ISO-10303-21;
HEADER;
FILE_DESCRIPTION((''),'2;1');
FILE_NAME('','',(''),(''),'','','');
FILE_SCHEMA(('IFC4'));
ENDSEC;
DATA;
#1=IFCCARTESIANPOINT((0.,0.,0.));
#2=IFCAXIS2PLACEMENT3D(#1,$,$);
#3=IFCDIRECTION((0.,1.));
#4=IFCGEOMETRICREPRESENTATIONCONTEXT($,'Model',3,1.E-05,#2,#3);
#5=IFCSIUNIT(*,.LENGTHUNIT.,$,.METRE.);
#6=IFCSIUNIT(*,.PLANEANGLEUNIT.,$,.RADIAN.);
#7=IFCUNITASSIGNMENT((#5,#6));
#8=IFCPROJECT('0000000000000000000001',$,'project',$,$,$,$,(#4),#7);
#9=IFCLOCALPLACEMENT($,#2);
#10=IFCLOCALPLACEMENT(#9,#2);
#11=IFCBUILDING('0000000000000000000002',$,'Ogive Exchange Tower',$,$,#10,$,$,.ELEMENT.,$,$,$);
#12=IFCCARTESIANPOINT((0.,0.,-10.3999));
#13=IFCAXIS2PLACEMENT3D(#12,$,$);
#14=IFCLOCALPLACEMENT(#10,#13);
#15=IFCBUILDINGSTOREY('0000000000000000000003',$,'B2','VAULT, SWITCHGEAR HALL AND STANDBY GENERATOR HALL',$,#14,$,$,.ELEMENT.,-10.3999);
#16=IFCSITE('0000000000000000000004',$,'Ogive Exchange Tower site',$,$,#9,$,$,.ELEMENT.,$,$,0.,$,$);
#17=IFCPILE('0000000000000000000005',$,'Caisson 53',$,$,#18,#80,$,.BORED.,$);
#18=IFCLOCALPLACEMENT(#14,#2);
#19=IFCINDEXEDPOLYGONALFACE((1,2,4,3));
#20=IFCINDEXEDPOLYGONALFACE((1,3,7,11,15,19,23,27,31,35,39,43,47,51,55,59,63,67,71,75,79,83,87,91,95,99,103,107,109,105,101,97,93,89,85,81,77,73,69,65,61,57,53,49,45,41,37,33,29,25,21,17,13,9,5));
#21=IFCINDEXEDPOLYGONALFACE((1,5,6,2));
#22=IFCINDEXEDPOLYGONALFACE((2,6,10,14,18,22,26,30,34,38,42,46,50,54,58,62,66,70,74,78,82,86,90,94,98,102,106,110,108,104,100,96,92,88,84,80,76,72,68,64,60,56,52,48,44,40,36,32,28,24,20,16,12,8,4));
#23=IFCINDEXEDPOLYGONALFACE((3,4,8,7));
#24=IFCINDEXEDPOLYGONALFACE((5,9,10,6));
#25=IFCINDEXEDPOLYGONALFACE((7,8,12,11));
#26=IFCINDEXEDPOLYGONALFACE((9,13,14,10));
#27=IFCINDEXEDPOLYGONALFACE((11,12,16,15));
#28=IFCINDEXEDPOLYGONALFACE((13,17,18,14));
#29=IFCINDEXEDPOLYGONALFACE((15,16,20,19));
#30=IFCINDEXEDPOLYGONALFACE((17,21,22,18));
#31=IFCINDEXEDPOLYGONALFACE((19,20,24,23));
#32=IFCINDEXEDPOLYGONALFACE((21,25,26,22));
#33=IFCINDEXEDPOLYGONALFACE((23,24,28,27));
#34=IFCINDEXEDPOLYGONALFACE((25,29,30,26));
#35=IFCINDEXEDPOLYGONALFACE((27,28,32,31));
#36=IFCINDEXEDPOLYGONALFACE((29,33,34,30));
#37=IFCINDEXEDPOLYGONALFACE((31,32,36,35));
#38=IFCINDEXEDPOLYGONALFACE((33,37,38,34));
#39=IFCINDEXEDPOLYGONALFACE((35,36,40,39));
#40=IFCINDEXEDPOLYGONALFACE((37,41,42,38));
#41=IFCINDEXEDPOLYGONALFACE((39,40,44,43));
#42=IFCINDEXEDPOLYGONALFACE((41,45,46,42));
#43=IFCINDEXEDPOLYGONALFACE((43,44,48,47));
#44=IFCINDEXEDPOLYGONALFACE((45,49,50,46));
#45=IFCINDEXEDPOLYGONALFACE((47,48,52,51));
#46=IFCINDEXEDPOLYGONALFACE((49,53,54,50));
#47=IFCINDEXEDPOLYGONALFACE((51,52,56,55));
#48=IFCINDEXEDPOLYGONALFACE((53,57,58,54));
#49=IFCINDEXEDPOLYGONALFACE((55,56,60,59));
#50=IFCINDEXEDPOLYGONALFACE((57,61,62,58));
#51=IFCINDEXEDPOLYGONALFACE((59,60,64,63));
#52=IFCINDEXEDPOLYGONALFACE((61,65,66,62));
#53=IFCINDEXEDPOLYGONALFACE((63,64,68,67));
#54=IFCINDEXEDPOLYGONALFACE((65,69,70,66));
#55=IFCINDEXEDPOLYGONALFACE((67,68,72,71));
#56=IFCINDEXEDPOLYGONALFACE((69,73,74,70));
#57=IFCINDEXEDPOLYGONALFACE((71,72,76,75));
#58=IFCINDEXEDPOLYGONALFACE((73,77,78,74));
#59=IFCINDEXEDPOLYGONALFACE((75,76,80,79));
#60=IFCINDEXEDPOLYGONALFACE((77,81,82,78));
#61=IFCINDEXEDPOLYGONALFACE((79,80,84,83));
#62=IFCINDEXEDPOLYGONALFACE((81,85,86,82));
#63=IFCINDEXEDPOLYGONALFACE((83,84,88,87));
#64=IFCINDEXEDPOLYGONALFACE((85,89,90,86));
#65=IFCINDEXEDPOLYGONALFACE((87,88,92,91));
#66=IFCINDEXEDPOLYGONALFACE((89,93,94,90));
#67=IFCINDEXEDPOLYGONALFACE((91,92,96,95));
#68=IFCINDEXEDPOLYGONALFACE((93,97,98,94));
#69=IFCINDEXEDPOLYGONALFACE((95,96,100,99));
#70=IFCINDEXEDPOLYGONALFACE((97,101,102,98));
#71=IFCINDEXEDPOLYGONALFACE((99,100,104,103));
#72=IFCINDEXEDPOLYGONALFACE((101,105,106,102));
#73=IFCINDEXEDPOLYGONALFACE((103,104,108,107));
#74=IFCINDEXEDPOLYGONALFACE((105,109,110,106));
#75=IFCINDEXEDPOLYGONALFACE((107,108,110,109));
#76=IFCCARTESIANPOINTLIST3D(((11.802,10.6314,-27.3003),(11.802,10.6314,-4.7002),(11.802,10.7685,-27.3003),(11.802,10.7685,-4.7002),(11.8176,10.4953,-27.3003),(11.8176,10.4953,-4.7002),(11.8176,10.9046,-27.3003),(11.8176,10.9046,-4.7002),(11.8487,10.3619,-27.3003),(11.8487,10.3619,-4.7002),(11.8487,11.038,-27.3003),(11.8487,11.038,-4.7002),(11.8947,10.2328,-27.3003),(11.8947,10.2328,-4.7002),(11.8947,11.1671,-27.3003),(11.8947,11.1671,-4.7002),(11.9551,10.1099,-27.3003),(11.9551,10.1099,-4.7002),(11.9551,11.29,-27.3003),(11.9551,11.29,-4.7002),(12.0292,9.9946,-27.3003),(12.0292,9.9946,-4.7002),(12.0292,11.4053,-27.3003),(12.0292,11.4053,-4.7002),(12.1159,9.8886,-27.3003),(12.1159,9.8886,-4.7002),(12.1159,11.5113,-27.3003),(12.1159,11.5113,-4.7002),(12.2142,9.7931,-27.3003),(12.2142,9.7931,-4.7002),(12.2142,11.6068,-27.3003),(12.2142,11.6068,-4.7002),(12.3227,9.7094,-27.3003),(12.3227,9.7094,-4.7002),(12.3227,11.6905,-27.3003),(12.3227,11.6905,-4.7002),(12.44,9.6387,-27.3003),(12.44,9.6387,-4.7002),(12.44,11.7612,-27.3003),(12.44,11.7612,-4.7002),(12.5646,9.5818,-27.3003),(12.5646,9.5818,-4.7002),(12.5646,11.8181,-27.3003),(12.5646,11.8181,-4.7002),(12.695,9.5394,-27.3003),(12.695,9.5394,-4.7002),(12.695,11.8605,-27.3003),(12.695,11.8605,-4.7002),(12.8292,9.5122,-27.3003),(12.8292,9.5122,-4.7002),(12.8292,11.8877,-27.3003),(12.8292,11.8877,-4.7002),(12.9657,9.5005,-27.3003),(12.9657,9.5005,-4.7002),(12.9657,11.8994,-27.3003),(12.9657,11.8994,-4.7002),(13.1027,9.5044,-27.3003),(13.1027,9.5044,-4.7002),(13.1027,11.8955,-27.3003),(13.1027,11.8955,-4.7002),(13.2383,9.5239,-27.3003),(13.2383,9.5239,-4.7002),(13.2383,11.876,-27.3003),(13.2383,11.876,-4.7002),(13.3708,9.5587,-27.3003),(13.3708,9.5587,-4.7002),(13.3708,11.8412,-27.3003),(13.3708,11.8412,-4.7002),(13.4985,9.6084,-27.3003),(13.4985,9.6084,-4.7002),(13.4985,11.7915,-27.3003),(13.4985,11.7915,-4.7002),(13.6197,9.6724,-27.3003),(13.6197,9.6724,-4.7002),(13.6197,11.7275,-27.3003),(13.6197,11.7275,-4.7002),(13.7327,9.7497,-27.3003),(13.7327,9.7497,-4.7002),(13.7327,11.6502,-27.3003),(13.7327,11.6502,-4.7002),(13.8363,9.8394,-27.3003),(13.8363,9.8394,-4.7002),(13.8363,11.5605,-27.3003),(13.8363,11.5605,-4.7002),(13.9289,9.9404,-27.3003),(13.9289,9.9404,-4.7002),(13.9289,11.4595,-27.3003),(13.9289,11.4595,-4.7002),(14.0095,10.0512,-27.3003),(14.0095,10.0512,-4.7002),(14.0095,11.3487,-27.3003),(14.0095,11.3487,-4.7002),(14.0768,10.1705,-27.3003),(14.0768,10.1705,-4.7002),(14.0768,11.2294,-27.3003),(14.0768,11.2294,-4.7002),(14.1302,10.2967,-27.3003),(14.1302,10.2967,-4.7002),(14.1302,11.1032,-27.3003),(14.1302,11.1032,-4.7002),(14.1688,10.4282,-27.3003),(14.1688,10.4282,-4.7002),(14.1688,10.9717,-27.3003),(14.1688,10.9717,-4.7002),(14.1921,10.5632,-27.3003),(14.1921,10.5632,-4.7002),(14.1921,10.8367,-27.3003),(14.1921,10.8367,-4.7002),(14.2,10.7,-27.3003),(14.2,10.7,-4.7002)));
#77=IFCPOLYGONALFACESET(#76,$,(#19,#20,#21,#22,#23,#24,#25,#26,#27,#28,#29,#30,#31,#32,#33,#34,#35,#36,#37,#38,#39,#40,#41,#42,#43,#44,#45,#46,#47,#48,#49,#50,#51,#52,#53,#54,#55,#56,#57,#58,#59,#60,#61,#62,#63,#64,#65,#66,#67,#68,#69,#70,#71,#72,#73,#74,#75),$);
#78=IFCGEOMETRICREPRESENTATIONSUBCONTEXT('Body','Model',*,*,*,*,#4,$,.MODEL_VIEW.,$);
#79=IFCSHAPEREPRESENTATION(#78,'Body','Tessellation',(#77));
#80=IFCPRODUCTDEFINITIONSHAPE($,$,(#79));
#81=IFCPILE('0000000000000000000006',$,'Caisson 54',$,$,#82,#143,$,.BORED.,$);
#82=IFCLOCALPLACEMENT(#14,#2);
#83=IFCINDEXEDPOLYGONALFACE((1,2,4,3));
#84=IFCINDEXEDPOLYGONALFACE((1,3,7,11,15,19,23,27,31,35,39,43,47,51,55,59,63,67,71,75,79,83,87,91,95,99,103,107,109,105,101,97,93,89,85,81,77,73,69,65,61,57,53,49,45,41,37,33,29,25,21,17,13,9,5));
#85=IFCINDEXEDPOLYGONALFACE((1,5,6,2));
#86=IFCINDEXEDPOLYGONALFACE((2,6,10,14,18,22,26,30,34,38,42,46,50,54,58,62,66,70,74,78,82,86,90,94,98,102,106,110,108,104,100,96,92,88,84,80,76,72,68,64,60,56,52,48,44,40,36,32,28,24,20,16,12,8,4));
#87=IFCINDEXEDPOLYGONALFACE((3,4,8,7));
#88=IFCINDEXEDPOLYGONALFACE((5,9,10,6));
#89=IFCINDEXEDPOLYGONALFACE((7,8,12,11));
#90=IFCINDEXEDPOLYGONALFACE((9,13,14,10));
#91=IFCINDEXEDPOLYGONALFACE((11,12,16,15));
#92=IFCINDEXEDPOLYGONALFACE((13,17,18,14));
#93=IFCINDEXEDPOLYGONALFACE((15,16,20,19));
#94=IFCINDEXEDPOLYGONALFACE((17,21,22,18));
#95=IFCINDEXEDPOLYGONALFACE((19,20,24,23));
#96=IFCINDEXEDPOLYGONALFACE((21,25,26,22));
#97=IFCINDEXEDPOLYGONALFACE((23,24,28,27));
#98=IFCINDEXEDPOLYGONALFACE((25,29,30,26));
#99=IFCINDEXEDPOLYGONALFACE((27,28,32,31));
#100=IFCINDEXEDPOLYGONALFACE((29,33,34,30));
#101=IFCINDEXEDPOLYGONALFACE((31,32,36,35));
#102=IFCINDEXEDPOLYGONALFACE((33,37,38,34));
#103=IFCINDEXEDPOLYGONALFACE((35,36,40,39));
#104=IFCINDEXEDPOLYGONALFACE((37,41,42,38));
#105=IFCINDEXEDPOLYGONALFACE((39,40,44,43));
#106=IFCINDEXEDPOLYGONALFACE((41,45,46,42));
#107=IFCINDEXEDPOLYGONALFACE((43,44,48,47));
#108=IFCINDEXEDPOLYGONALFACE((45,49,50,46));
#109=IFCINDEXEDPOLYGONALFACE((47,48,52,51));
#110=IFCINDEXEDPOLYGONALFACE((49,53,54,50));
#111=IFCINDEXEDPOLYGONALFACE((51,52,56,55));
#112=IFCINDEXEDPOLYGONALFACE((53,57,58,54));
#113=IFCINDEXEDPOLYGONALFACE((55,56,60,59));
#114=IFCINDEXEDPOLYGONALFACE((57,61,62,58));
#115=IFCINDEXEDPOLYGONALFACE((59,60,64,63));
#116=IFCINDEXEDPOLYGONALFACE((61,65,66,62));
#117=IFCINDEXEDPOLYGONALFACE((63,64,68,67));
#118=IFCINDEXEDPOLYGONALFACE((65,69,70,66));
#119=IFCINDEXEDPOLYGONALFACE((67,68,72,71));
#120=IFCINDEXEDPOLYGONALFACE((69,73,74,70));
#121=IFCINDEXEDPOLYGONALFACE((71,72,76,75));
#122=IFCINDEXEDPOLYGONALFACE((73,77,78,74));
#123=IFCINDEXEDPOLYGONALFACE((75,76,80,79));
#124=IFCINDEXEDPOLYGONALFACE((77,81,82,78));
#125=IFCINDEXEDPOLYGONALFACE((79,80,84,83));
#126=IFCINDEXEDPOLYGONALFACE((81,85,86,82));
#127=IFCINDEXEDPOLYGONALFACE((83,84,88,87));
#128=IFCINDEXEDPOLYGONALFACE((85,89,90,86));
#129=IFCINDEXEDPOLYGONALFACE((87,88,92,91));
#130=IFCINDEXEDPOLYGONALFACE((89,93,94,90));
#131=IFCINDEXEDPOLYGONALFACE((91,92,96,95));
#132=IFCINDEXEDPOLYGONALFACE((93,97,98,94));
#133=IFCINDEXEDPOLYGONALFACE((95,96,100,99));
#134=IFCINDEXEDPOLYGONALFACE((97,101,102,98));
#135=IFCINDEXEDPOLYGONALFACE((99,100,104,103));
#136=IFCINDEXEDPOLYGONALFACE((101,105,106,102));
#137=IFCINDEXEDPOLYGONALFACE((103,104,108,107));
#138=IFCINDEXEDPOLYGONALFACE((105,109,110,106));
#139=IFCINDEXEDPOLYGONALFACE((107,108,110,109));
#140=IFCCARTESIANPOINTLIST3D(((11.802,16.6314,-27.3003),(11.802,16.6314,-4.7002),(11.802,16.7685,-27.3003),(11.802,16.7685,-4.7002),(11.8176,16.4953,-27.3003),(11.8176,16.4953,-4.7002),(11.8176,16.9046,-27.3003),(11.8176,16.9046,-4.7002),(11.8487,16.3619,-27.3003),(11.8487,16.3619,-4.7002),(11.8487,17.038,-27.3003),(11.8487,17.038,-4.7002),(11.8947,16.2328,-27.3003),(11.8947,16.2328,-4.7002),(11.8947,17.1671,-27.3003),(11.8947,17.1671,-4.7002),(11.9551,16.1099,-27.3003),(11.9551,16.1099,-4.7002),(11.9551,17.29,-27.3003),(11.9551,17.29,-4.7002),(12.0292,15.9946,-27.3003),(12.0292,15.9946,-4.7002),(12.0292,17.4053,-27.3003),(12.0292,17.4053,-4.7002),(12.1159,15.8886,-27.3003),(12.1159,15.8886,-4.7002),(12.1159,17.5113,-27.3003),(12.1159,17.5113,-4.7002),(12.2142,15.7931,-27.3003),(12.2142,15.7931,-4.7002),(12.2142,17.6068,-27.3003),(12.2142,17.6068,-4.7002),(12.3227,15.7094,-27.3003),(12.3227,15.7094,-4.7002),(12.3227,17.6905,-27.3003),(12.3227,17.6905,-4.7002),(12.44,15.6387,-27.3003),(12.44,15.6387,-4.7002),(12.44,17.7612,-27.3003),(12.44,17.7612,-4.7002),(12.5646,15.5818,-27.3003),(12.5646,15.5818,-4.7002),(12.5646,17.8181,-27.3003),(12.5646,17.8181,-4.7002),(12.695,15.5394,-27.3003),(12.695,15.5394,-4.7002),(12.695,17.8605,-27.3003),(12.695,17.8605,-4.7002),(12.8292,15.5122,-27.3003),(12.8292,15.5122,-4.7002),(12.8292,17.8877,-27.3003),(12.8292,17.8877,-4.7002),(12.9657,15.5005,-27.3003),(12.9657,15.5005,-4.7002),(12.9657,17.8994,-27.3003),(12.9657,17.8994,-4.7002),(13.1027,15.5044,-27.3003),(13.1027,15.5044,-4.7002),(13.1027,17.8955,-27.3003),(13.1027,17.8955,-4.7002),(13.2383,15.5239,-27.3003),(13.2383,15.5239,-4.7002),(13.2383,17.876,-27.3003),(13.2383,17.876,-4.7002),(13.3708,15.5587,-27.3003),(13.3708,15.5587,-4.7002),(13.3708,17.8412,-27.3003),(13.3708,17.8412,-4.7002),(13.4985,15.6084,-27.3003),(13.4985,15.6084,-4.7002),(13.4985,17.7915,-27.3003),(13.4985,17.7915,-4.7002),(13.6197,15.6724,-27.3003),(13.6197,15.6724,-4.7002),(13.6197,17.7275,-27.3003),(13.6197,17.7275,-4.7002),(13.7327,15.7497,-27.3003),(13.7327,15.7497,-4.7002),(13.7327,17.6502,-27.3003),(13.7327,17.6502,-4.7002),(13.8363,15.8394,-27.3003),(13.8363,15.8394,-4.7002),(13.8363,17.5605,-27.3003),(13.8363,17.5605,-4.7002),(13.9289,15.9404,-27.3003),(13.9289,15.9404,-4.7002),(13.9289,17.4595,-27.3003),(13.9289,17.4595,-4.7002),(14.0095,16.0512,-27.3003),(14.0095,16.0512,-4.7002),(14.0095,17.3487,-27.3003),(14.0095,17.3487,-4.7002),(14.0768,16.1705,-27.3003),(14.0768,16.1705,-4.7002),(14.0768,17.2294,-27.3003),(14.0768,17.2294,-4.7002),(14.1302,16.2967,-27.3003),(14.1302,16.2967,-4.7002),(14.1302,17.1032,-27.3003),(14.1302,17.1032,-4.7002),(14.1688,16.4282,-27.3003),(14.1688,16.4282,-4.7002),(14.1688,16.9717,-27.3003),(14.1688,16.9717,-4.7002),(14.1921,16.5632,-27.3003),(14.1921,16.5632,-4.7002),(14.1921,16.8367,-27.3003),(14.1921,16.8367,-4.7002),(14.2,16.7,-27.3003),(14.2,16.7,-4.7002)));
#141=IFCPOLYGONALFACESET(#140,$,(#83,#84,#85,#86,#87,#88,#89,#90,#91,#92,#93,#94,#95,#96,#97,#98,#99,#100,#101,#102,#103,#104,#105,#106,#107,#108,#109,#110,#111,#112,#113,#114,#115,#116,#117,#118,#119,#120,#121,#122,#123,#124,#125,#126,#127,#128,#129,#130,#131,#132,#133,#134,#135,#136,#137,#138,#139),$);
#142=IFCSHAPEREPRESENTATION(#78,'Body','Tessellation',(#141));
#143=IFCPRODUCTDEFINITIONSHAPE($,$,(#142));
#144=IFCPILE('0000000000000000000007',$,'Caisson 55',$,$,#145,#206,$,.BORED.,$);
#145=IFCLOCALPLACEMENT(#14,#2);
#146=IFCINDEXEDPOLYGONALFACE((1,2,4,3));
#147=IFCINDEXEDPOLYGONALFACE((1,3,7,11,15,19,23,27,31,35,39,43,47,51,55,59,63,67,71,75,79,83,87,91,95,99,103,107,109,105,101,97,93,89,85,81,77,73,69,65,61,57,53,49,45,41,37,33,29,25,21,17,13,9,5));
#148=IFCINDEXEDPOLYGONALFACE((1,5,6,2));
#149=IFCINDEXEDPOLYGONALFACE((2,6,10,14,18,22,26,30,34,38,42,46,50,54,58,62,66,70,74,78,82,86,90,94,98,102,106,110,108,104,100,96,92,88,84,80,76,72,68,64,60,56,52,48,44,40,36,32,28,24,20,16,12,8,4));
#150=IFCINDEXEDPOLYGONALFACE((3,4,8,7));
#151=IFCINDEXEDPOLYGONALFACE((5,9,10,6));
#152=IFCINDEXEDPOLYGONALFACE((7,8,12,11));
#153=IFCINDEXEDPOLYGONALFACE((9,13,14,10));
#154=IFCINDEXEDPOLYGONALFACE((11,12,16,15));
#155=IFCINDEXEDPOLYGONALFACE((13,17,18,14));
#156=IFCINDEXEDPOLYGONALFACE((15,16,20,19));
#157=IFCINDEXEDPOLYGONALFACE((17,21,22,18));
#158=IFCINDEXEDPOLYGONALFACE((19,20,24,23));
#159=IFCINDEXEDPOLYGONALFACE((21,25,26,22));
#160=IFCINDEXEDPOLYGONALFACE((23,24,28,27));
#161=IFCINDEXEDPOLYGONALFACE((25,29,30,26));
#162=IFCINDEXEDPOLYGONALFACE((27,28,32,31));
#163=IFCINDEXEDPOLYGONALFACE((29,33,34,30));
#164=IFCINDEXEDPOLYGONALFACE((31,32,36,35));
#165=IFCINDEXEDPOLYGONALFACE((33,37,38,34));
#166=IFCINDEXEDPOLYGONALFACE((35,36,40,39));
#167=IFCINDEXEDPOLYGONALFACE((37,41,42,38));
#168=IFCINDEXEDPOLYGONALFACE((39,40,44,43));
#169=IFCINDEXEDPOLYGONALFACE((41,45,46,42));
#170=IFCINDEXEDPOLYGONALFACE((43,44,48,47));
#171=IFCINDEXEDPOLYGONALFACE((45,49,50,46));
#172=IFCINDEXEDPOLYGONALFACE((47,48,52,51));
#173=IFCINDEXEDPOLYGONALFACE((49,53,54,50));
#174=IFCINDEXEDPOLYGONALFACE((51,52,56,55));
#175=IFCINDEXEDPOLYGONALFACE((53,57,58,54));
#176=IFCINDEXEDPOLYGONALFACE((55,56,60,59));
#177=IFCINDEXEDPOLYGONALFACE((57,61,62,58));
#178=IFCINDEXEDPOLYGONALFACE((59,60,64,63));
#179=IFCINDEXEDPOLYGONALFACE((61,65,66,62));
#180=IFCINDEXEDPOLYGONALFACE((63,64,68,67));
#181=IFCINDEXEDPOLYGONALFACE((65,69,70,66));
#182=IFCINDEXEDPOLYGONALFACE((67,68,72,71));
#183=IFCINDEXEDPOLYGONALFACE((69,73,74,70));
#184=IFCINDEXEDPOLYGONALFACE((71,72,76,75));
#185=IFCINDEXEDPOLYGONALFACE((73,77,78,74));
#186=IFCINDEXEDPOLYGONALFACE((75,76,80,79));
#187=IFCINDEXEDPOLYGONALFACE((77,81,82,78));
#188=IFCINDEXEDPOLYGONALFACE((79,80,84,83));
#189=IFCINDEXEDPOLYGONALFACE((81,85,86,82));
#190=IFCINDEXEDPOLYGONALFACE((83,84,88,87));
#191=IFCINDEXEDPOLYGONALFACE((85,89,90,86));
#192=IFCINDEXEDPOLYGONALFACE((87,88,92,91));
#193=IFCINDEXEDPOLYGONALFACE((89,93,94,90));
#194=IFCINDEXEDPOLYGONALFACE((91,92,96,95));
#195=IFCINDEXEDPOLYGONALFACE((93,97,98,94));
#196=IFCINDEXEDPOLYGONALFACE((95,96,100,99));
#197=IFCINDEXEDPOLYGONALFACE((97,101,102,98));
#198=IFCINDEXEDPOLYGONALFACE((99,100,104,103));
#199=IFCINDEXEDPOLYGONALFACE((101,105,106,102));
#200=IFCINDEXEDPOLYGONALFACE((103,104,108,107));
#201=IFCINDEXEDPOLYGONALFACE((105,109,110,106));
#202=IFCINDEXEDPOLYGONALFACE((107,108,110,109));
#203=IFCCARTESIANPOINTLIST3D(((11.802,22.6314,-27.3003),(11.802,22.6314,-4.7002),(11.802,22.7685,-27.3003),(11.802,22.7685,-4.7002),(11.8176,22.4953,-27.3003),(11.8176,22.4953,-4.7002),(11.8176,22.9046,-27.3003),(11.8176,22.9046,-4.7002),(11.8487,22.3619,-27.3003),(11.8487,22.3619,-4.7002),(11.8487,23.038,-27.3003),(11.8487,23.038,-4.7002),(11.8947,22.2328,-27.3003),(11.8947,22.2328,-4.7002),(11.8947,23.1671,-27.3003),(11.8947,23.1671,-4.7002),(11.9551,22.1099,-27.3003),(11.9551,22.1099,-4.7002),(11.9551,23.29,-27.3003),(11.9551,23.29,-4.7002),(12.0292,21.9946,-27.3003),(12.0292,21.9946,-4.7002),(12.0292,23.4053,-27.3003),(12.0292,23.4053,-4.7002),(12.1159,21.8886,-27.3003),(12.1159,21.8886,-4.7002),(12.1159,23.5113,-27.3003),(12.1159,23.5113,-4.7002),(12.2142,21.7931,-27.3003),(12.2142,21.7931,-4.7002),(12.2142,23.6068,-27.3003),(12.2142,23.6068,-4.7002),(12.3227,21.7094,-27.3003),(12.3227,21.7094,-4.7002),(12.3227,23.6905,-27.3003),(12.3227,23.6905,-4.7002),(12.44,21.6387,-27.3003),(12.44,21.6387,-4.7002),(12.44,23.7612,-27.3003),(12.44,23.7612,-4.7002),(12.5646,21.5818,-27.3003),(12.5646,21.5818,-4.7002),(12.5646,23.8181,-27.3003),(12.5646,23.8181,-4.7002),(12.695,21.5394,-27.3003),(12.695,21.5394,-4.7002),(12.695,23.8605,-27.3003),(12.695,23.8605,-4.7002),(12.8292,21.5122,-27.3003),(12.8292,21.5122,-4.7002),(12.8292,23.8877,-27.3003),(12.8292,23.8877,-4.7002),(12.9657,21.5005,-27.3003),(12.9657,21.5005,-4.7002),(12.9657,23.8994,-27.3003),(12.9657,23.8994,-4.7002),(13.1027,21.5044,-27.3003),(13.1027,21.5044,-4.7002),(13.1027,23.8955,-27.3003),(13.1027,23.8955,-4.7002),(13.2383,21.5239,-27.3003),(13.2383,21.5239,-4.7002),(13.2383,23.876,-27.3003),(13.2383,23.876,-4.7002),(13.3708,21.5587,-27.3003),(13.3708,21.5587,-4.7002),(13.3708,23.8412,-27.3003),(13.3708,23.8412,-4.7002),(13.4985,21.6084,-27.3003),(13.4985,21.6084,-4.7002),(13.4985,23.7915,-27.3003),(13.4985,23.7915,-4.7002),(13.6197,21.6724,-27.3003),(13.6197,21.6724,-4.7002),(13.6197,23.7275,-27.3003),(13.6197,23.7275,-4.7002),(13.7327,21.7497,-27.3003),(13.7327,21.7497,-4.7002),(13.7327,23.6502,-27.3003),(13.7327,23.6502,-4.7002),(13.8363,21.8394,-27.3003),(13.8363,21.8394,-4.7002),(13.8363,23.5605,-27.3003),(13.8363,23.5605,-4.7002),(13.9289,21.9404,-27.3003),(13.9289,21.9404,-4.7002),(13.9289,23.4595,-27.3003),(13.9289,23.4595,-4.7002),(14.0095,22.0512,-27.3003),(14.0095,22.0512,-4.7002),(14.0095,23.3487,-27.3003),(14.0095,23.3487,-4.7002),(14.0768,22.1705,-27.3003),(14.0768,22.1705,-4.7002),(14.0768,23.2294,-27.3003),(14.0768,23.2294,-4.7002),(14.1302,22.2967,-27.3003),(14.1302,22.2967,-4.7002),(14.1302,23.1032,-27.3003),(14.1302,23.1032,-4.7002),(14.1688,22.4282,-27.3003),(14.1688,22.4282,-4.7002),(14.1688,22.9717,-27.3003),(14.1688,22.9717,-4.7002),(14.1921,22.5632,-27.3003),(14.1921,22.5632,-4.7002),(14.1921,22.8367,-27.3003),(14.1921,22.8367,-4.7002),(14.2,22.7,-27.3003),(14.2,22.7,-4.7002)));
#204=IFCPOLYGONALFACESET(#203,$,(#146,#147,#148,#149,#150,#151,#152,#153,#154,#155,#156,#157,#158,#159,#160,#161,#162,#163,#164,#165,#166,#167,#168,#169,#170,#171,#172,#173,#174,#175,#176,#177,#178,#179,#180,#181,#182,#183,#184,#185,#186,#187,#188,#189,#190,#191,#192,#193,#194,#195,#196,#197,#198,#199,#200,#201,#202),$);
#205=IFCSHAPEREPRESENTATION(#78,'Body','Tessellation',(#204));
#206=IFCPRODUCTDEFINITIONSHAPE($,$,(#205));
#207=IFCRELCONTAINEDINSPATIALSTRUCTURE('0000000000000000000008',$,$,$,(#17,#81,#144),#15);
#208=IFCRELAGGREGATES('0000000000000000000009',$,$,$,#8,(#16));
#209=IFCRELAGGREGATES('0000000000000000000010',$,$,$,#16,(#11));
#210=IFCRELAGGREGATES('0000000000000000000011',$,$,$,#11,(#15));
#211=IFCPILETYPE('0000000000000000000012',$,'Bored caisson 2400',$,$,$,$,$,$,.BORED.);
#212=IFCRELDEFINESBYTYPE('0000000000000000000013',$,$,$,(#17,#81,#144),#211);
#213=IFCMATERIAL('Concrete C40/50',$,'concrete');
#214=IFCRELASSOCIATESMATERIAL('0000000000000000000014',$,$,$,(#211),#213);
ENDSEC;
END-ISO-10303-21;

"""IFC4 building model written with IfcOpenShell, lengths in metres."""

from ifc_helpers import new_model, si_unit, direction, frame, origin, origin_2d, place, context, subcontext, project, spatial, circle, extrude, material, material_profile, profile_set, type_object, element, save


model = new_model("IFC4")

# Units and contexts
model_context = context("Model", 3, precision=1e-05, world=origin(), true_north=direction((0.0, 1.0)))
body_context = subcontext(model_context, "Body", "Model", "MODEL_VIEW")
ifc_project = project(units=[si_unit("LENGTHUNIT", "METRE"), si_unit("PLANEANGLEUNIT", "RADIAN")], contexts=[model_context])

# Site, building, storey
site_placement = place(None, origin())
site = spatial("IfcSite", under=ifc_project, at=site_placement, Name="Ogive Exchange Tower site", CompositionType="ELEMENT", RefElevation=0.0)
building_placement = place(site_placement, origin())
building = spatial("IfcBuilding", under=site, at=building_placement, Name="Ogive Exchange Tower", CompositionType="ELEMENT")
storey_placement = place(building_placement, frame((0.0, 0.0, -10.3999)))
storey = spatial("IfcBuildingStorey", under=building, at=storey_placement, Name="B2", Description="VAULT, SWITCHGEAR HALL AND STANDBY GENERATOR HALL", CompositionType="ELEMENT", Elevation=-10.3999)

# Piles
ifc_material_1 = material(Name="Concrete C40/50", Category="concrete")
ifc_material_profile_1 = material_profile(ifc_material_1, circle(Radius=1.2, at=origin_2d()), Name="RC caisson 2400")
ifc_profile_set_1 = profile_set([ifc_material_profile_1], Name="Concrete C40/50")
pile_type = type_object("IfcPileType", Name="Bored caisson 2400", PredefinedType="BORED", material=ifc_profile_set_1)
for number, where, z_axis, x_axis, name in (
    (1, (13.0, 10.7, -4.7002), (0.0, 0.0, -1.0), (1.0, 0.0, 0.0), "Caisson 53"),
    (2, (13.0, 16.7, -4.7002), (0.0, 0.0, -1.0), (1.0, 0.0, 0.0), "Caisson 54"),
    (3, (13.0, 22.7, -4.7002), (0.0, 0.0, -1.0), (1.0, 0.0, 0.0), "Caisson 55"),
):
    element("IfcPile", number, at=place(storey_placement, frame(where, z_axis=z_axis, x_axis=x_axis)), inside=storey, type_object=pile_type, Name=name, PredefinedType="BORED", context=body_context, shape_type="SweptSolid", body=[
        extrude(circle(Radius=1.2, at=origin_2d()), origin(), (0.0, 0.0, 1.0), 22.6001),
    ])

save(model, "model.ifc")
